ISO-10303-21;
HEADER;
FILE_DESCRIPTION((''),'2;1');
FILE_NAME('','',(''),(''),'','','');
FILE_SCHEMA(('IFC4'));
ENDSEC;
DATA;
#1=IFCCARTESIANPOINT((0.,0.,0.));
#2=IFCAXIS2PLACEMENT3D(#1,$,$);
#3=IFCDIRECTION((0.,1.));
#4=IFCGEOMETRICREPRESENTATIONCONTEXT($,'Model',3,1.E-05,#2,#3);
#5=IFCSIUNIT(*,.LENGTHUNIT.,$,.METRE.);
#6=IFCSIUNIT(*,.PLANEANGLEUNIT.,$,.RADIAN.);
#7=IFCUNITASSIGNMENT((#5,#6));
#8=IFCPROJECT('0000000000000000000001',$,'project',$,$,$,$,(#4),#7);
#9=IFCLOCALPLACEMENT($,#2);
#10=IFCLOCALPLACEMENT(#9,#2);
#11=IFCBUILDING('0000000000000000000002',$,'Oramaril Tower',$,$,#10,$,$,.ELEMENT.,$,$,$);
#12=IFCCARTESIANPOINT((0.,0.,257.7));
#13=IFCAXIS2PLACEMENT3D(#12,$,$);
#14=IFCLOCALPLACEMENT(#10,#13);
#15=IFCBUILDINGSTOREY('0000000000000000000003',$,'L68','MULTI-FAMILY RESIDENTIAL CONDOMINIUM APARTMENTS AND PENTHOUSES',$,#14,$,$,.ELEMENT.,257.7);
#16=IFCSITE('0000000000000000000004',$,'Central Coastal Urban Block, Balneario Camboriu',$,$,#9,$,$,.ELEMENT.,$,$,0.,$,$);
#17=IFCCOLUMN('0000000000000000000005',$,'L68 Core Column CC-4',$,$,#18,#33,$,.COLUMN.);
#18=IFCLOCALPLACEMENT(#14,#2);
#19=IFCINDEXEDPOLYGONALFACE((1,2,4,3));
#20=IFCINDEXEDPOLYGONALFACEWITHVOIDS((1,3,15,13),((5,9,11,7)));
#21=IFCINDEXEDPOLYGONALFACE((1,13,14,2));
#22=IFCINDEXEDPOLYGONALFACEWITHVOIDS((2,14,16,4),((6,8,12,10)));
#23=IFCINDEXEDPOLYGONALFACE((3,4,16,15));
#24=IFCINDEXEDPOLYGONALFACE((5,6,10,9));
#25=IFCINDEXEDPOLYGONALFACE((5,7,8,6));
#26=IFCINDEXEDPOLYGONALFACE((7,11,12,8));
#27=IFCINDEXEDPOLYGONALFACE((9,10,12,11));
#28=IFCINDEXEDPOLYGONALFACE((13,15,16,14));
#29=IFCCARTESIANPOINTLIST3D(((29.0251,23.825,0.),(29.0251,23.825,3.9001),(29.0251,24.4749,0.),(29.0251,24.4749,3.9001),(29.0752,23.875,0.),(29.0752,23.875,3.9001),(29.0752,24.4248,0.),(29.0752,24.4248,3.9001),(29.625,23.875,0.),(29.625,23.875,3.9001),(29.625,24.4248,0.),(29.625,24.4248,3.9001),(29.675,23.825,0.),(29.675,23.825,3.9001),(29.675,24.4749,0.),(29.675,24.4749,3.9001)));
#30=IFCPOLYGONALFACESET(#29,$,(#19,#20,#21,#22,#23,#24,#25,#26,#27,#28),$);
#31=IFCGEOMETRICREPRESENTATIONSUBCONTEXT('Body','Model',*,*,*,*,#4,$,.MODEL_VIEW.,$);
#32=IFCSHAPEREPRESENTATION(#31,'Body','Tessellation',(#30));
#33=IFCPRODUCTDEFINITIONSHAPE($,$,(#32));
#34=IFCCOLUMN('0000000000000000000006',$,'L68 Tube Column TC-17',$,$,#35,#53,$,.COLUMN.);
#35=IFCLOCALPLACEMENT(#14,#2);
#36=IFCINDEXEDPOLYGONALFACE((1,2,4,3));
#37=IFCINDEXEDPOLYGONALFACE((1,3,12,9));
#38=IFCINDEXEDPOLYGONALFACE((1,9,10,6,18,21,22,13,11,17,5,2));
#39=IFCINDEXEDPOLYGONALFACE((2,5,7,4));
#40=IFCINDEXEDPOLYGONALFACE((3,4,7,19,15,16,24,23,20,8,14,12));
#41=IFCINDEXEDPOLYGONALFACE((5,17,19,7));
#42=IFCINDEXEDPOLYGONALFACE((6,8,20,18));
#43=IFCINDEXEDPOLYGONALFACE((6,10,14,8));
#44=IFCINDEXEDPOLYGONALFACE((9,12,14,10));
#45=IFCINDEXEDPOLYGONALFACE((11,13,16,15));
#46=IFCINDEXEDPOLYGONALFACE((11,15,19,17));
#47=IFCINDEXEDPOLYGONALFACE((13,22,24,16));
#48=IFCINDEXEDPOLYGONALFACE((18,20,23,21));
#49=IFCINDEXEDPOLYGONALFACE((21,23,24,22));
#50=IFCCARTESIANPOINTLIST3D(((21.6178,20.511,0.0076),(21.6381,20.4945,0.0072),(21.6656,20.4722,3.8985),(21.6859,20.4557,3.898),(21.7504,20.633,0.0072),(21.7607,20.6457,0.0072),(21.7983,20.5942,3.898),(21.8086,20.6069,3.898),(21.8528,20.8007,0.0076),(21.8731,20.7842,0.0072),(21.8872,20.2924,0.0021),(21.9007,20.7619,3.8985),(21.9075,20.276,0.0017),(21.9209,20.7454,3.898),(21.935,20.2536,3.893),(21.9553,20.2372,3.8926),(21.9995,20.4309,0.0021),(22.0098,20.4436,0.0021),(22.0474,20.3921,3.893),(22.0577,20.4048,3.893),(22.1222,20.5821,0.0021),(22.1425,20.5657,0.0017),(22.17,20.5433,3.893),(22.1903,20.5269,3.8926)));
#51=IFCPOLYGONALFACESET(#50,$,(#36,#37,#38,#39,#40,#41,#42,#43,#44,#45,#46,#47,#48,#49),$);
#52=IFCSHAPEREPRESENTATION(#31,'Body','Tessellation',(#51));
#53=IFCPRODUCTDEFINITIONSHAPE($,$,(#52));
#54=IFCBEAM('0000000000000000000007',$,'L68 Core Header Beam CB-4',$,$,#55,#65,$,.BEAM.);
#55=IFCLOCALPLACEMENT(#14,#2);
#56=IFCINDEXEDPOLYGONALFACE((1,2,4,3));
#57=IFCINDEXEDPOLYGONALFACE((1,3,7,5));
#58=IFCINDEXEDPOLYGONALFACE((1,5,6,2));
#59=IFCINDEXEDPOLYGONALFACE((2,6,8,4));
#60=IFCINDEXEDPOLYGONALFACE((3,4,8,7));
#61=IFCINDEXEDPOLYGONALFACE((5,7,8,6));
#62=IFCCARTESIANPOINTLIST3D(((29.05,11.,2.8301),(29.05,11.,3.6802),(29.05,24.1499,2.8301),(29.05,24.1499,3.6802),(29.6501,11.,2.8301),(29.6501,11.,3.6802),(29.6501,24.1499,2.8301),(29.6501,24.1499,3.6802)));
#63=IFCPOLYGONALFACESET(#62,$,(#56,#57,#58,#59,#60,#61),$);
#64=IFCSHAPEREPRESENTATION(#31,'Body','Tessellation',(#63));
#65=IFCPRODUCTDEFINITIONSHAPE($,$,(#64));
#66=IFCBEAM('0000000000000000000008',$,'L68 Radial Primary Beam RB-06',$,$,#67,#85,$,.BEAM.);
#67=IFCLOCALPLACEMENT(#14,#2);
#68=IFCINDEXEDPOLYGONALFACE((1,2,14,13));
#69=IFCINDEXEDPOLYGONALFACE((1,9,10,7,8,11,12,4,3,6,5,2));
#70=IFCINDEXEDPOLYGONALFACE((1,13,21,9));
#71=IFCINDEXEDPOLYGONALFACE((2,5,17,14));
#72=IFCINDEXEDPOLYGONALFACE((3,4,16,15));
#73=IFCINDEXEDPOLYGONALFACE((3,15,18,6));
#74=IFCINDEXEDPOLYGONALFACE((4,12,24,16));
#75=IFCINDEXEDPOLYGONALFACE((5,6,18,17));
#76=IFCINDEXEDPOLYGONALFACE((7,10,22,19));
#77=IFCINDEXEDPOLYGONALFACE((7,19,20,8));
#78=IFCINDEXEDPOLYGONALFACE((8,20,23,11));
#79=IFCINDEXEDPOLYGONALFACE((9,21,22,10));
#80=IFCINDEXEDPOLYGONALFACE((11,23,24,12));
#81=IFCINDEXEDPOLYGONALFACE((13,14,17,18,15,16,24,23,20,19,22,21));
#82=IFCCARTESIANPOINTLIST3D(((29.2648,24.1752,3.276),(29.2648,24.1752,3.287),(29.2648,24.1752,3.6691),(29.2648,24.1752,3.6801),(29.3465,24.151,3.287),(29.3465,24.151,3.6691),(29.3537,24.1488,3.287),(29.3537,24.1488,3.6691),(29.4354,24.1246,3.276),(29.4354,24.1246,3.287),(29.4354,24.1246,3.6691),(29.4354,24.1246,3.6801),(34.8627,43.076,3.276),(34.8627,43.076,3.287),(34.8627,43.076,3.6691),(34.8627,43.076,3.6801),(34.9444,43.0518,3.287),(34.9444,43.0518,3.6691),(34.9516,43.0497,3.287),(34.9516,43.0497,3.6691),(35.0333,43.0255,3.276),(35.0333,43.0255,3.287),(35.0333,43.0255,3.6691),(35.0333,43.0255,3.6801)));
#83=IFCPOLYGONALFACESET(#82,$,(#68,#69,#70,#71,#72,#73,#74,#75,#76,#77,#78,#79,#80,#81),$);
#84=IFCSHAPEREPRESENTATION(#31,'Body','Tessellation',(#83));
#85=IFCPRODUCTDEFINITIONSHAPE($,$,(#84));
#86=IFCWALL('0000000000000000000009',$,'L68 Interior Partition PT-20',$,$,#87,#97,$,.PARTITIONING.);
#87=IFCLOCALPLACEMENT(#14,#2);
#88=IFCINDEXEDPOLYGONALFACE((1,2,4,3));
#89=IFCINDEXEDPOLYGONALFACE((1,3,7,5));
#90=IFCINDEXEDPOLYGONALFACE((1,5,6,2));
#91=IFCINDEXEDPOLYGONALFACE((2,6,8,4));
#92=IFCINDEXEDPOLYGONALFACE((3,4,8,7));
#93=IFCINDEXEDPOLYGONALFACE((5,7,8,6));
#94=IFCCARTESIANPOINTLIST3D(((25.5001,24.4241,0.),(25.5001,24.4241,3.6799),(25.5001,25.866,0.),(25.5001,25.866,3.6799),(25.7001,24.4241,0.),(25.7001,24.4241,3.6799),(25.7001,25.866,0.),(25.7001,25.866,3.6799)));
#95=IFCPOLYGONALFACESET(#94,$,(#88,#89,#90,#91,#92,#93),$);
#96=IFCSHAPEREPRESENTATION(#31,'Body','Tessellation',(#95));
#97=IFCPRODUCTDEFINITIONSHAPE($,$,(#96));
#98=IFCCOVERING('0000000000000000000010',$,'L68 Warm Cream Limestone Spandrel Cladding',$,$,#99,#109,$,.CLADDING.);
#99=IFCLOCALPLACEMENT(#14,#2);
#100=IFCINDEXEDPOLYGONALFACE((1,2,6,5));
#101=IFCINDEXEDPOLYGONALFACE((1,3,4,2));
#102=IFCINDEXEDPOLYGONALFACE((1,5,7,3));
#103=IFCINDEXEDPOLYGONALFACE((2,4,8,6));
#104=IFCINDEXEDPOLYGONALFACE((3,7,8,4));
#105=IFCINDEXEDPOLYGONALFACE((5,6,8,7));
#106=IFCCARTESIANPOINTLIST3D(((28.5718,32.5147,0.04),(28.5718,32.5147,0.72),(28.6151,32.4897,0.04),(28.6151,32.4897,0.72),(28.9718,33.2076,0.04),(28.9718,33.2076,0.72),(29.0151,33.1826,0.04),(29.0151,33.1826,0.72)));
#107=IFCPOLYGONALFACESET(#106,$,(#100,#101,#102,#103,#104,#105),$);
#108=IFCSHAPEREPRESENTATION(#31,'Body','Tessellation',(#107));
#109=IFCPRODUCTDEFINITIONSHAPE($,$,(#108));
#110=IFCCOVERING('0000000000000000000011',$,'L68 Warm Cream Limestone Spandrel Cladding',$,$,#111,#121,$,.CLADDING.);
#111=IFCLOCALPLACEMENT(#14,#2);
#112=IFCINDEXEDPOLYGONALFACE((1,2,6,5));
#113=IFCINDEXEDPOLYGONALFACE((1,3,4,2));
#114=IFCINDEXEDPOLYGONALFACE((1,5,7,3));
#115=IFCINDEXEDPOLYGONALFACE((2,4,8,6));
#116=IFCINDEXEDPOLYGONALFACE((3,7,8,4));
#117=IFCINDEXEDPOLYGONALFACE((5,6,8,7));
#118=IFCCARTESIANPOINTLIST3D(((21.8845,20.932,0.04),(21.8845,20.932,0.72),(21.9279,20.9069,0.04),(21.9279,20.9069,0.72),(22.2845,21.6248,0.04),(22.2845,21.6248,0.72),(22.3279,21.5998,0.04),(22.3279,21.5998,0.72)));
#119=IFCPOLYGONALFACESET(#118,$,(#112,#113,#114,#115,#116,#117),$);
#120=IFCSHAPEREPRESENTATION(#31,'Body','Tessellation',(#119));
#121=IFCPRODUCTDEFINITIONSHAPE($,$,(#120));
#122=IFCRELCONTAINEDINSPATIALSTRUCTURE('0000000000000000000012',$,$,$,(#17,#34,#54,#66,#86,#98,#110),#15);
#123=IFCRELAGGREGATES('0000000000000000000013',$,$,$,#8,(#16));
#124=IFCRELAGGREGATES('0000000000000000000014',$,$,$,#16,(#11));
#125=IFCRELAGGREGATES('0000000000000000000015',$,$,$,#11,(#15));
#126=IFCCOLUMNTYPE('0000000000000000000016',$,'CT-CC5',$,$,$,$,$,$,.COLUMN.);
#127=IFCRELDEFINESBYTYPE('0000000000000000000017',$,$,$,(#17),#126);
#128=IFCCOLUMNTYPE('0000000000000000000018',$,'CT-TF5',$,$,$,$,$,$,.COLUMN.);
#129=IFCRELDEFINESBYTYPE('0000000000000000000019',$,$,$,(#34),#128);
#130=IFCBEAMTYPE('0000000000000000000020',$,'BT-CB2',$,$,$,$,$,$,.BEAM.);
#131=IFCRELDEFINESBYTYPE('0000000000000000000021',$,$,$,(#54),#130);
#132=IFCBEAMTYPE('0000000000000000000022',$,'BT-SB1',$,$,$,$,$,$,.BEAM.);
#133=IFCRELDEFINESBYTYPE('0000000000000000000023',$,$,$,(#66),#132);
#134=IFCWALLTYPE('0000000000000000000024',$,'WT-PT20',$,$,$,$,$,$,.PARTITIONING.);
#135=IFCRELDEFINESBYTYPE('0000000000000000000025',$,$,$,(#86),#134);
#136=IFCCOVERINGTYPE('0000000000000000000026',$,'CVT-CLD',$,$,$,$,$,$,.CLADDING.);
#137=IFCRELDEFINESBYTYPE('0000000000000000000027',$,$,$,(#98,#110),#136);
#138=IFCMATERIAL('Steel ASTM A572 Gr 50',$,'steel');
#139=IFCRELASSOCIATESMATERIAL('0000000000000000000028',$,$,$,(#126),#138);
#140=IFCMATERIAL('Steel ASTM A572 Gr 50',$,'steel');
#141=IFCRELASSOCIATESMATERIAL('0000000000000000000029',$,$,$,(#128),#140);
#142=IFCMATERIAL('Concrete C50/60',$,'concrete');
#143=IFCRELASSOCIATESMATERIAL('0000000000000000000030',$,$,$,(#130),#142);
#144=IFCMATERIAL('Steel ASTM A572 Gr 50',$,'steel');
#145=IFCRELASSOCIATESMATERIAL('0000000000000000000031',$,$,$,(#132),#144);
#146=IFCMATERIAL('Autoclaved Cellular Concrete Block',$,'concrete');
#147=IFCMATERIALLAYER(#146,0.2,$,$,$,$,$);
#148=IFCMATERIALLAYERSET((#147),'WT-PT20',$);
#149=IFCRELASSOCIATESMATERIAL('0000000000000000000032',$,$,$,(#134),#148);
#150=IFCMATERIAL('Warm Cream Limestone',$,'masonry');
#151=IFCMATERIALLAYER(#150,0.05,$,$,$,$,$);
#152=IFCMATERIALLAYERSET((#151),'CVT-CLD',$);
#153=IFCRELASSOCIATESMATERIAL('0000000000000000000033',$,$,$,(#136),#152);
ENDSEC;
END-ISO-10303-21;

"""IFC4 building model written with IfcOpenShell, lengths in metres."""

from ifc_helpers import new_model, si_unit, direction, frame, frame_2d, origin, origin_2d, place, context, subcontext, project, spatial, rectangle, hollow_rectangle, i_section, extrude, material, layer, layer_set, material_profile, profile_set, type_object, element, save


model = new_model("IFC4")

# Units and contexts
model_context = context("Model", 3, precision=1e-05, world=origin(), true_north=direction((0.0, 1.0)))
body_context = subcontext(model_context, "Body", "Model", "MODEL_VIEW")
ifc_project = project(units=[si_unit("LENGTHUNIT", "METRE"), si_unit("PLANEANGLEUNIT", "RADIAN")], contexts=[model_context])

# Site, building, storey
site_placement = place(None, origin())
site = spatial("IfcSite", under=ifc_project, at=site_placement, Name="Central Coastal Urban Block, Balneario Camboriu", CompositionType="ELEMENT", RefElevation=0.0)
building_placement = place(site_placement, origin())
building = spatial("IfcBuilding", under=site, at=building_placement, Name="Oramaril Tower", CompositionType="ELEMENT")
storey_placement = place(building_placement, frame((0.0, 0.0, 257.7)))
storey = spatial("IfcBuildingStorey", under=building, at=storey_placement, Name="L68", Description="MULTI-FAMILY RESIDENTIAL CONDOMINIUM APARTMENTS AND PENTHOUSES", CompositionType="ELEMENT", Elevation=257.7)

# Columns
ifc_material_1 = material(Name="Steel ASTM A572 Gr 50", Category="steel")
ifc_material_profile_1 = material_profile(ifc_material_1, hollow_rectangle(XDim=0.6499, YDim=0.6499, WallThickness=0.05, at=origin_2d()), Name="BOX650X650X50")
ifc_profile_set_1 = profile_set([ifc_material_profile_1], Name="Steel ASTM A572 Gr 50")
column_type_1 = type_object("IfcColumnType", Name="CT-CC5", PredefinedType="COLUMN", material=ifc_profile_set_1)
column_1_placement = place(storey_placement, frame((29.3501, 24.1499, 0.0), z_axis=(0.0, 0.0, 1.0), x_axis=(1.0, 0.0, 0.0)))
element("IfcColumn", 1, at=column_1_placement, inside=storey, type_object=column_type_1, Name="L68 Core Column CC-4", PredefinedType="COLUMN", context=body_context, shape_type="SweptSolid", body=[
    extrude(hollow_rectangle(XDim=0.6499, YDim=0.6499, WallThickness=0.05, at=origin_2d()), origin(), (0.0, 0.0, 1.0), 3.9001),
])
ifc_material_2 = material(Name="Steel ASTM A572 Gr 50", Category="steel")
ifc_material_profile_2 = material_profile(ifc_material_2, i_section(OverallWidth=0.373, OverallDepth=0.373, WebThickness=0.0164, FlangeThickness=0.0261, at=origin_2d()), Name="W14X132")
ifc_profile_set_2 = profile_set([ifc_material_profile_2], Name="Steel ASTM A572 Gr 50")
column_type_2 = type_object("IfcColumnType", Name="CT-TF5", PredefinedType="COLUMN", material=ifc_profile_set_2)
column_2_placement = place(storey_placement, frame((21.8801, 20.5383, 0.0046), z_axis=(0.012297, -0.009976, 0.999875), x_axis=(0.629996, 0.776599, 0.0)))
element("IfcColumn", 2, at=column_2_placement, inside=storey, type_object=column_type_2, Name="L68 Tube Column TC-17", PredefinedType="COLUMN", context=body_context, shape_type="SweptSolid", body=[
    extrude(i_section(OverallWidth=0.373, OverallDepth=0.373, WebThickness=0.0164, FlangeThickness=0.0261, at=origin_2d()), origin(), (0.0, 0.0, 1.0), 3.8914),
])

# Beams
ifc_material_3 = material(Name="Concrete C50/60", Category="concrete")
ifc_material_profile_3 = material_profile(ifc_material_3, rectangle(XDim=0.6001, YDim=0.8501, at=origin_2d()), Name="CB600X850")
ifc_profile_set_3 = profile_set([ifc_material_profile_3], Name="Concrete C50/60")
beam_type_1 = type_object("IfcBeamType", Name="BT-CB2", PredefinedType="BEAM", material=ifc_profile_set_3)
beam_1_placement = place(storey_placement, frame((29.3501, 24.1499, 3.2551), z_axis=(0.0, -1.0, 0.0), x_axis=(1.0, 0.0, 0.0)))
element("IfcBeam", 3, at=beam_1_placement, inside=storey, type_object=beam_type_1, Name="L68 Core Header Beam CB-4", PredefinedType="BEAM", context=body_context, shape_type="SweptSolid", body=[
    extrude(rectangle(XDim=0.6001, YDim=0.8501, at=origin_2d()), origin(), (0.0, 0.0, 1.0), 13.1499),
])
ifc_material_4 = material(Name="Steel ASTM A572 Gr 50", Category="steel")
ifc_material_profile_4 = material_profile(ifc_material_4, i_section(OverallWidth=0.178, OverallDepth=0.4041, WebThickness=0.0076, FlangeThickness=0.011, at=origin_2d()), Name="W16X36")
ifc_profile_set_4 = profile_set([ifc_material_profile_4], Name="Steel ASTM A572 Gr 50")
beam_type_2 = type_object("IfcBeamType", Name="BT-SB1", PredefinedType="BEAM", material=ifc_profile_set_4)
beam_2_placement = place(storey_placement, frame((29.3501, 24.1499, 3.478), z_axis=(0.283978, 0.958831, 0.0), x_axis=(-0.958831, 0.283978, 0.0)))
element("IfcBeam", 4, at=beam_2_placement, inside=storey, type_object=beam_type_2, Name="L68 Radial Primary Beam RB-06", PredefinedType="BEAM", context=body_context, shape_type="SweptSolid", body=[
    extrude(i_section(OverallWidth=0.178, OverallDepth=0.4041, WebThickness=0.0076, FlangeThickness=0.011, at=origin_2d()), origin(), (0.0, 0.0, 1.0), 19.7124),
])

# Shared definitions
ifc_material_5 = material(Name="Autoclaved Cellular Concrete Block", Category="concrete")
ifc_layer_1 = layer(ifc_material_5, 0.2)
ifc_layer_set_1 = layer_set([ifc_layer_1], Name="WT-PT20")
wall_type_1 = type_object("IfcWallType", Name="WT-PT20", PredefinedType="PARTITIONING", material=ifc_layer_set_1)

# Wall
wall_1_placement = place(storey_placement, frame((25.6001, 24.4241, 0.0), z_axis=(0.0, 0.0, 1.0), x_axis=(0.0, 1.0, 0.0)))
element("IfcWall", 5, at=wall_1_placement, inside=storey, type_object=wall_type_1, Name="L68 Interior Partition PT-20", PredefinedType="PARTITIONING", context=body_context, shape_type="SweptSolid", body=[
    extrude(rectangle(XDim=1.4419, YDim=0.2, at=frame_2d((0.7209, 0.0))), origin(), (0.0, 0.0, 1.0), 3.6799),
])

# Coverings
ifc_material_6 = material(Name="Warm Cream Limestone", Category="masonry")
ifc_layer_2 = layer(ifc_material_6, 0.05)
ifc_layer_set_2 = layer_set([ifc_layer_2], Name="CVT-CLD")
covering_type = type_object("IfcCoveringType", Name="CVT-CLD", PredefinedType="CLADDING", material=ifc_layer_set_2)
for number, where, z_axis, x_axis, name in (
    (6, (28.7935, 32.8486, 0.04), (0.0, 0.0, 1.0), (-0.5, -0.866025, 0.0), "L68 Warm Cream Limestone Spandrel Cladding"),
    (7, (22.1062, 21.2659, 0.04), (0.0, 0.0, 1.0), (-0.5, -0.866025, 0.0), "L68 Warm Cream Limestone Spandrel Cladding"),
):
    element("IfcCovering", number, at=place(storey_placement, frame(where, z_axis=z_axis, x_axis=x_axis)), inside=storey, type_object=covering_type, Name=name, PredefinedType="CLADDING", context=body_context, shape_type="SweptSolid", body=[
        extrude(rectangle(XDim=0.8, YDim=0.05, at=origin_2d()), origin(), (0.0, 0.0, 1.0), 0.6799),
    ])

save(model, "model.ifc")
